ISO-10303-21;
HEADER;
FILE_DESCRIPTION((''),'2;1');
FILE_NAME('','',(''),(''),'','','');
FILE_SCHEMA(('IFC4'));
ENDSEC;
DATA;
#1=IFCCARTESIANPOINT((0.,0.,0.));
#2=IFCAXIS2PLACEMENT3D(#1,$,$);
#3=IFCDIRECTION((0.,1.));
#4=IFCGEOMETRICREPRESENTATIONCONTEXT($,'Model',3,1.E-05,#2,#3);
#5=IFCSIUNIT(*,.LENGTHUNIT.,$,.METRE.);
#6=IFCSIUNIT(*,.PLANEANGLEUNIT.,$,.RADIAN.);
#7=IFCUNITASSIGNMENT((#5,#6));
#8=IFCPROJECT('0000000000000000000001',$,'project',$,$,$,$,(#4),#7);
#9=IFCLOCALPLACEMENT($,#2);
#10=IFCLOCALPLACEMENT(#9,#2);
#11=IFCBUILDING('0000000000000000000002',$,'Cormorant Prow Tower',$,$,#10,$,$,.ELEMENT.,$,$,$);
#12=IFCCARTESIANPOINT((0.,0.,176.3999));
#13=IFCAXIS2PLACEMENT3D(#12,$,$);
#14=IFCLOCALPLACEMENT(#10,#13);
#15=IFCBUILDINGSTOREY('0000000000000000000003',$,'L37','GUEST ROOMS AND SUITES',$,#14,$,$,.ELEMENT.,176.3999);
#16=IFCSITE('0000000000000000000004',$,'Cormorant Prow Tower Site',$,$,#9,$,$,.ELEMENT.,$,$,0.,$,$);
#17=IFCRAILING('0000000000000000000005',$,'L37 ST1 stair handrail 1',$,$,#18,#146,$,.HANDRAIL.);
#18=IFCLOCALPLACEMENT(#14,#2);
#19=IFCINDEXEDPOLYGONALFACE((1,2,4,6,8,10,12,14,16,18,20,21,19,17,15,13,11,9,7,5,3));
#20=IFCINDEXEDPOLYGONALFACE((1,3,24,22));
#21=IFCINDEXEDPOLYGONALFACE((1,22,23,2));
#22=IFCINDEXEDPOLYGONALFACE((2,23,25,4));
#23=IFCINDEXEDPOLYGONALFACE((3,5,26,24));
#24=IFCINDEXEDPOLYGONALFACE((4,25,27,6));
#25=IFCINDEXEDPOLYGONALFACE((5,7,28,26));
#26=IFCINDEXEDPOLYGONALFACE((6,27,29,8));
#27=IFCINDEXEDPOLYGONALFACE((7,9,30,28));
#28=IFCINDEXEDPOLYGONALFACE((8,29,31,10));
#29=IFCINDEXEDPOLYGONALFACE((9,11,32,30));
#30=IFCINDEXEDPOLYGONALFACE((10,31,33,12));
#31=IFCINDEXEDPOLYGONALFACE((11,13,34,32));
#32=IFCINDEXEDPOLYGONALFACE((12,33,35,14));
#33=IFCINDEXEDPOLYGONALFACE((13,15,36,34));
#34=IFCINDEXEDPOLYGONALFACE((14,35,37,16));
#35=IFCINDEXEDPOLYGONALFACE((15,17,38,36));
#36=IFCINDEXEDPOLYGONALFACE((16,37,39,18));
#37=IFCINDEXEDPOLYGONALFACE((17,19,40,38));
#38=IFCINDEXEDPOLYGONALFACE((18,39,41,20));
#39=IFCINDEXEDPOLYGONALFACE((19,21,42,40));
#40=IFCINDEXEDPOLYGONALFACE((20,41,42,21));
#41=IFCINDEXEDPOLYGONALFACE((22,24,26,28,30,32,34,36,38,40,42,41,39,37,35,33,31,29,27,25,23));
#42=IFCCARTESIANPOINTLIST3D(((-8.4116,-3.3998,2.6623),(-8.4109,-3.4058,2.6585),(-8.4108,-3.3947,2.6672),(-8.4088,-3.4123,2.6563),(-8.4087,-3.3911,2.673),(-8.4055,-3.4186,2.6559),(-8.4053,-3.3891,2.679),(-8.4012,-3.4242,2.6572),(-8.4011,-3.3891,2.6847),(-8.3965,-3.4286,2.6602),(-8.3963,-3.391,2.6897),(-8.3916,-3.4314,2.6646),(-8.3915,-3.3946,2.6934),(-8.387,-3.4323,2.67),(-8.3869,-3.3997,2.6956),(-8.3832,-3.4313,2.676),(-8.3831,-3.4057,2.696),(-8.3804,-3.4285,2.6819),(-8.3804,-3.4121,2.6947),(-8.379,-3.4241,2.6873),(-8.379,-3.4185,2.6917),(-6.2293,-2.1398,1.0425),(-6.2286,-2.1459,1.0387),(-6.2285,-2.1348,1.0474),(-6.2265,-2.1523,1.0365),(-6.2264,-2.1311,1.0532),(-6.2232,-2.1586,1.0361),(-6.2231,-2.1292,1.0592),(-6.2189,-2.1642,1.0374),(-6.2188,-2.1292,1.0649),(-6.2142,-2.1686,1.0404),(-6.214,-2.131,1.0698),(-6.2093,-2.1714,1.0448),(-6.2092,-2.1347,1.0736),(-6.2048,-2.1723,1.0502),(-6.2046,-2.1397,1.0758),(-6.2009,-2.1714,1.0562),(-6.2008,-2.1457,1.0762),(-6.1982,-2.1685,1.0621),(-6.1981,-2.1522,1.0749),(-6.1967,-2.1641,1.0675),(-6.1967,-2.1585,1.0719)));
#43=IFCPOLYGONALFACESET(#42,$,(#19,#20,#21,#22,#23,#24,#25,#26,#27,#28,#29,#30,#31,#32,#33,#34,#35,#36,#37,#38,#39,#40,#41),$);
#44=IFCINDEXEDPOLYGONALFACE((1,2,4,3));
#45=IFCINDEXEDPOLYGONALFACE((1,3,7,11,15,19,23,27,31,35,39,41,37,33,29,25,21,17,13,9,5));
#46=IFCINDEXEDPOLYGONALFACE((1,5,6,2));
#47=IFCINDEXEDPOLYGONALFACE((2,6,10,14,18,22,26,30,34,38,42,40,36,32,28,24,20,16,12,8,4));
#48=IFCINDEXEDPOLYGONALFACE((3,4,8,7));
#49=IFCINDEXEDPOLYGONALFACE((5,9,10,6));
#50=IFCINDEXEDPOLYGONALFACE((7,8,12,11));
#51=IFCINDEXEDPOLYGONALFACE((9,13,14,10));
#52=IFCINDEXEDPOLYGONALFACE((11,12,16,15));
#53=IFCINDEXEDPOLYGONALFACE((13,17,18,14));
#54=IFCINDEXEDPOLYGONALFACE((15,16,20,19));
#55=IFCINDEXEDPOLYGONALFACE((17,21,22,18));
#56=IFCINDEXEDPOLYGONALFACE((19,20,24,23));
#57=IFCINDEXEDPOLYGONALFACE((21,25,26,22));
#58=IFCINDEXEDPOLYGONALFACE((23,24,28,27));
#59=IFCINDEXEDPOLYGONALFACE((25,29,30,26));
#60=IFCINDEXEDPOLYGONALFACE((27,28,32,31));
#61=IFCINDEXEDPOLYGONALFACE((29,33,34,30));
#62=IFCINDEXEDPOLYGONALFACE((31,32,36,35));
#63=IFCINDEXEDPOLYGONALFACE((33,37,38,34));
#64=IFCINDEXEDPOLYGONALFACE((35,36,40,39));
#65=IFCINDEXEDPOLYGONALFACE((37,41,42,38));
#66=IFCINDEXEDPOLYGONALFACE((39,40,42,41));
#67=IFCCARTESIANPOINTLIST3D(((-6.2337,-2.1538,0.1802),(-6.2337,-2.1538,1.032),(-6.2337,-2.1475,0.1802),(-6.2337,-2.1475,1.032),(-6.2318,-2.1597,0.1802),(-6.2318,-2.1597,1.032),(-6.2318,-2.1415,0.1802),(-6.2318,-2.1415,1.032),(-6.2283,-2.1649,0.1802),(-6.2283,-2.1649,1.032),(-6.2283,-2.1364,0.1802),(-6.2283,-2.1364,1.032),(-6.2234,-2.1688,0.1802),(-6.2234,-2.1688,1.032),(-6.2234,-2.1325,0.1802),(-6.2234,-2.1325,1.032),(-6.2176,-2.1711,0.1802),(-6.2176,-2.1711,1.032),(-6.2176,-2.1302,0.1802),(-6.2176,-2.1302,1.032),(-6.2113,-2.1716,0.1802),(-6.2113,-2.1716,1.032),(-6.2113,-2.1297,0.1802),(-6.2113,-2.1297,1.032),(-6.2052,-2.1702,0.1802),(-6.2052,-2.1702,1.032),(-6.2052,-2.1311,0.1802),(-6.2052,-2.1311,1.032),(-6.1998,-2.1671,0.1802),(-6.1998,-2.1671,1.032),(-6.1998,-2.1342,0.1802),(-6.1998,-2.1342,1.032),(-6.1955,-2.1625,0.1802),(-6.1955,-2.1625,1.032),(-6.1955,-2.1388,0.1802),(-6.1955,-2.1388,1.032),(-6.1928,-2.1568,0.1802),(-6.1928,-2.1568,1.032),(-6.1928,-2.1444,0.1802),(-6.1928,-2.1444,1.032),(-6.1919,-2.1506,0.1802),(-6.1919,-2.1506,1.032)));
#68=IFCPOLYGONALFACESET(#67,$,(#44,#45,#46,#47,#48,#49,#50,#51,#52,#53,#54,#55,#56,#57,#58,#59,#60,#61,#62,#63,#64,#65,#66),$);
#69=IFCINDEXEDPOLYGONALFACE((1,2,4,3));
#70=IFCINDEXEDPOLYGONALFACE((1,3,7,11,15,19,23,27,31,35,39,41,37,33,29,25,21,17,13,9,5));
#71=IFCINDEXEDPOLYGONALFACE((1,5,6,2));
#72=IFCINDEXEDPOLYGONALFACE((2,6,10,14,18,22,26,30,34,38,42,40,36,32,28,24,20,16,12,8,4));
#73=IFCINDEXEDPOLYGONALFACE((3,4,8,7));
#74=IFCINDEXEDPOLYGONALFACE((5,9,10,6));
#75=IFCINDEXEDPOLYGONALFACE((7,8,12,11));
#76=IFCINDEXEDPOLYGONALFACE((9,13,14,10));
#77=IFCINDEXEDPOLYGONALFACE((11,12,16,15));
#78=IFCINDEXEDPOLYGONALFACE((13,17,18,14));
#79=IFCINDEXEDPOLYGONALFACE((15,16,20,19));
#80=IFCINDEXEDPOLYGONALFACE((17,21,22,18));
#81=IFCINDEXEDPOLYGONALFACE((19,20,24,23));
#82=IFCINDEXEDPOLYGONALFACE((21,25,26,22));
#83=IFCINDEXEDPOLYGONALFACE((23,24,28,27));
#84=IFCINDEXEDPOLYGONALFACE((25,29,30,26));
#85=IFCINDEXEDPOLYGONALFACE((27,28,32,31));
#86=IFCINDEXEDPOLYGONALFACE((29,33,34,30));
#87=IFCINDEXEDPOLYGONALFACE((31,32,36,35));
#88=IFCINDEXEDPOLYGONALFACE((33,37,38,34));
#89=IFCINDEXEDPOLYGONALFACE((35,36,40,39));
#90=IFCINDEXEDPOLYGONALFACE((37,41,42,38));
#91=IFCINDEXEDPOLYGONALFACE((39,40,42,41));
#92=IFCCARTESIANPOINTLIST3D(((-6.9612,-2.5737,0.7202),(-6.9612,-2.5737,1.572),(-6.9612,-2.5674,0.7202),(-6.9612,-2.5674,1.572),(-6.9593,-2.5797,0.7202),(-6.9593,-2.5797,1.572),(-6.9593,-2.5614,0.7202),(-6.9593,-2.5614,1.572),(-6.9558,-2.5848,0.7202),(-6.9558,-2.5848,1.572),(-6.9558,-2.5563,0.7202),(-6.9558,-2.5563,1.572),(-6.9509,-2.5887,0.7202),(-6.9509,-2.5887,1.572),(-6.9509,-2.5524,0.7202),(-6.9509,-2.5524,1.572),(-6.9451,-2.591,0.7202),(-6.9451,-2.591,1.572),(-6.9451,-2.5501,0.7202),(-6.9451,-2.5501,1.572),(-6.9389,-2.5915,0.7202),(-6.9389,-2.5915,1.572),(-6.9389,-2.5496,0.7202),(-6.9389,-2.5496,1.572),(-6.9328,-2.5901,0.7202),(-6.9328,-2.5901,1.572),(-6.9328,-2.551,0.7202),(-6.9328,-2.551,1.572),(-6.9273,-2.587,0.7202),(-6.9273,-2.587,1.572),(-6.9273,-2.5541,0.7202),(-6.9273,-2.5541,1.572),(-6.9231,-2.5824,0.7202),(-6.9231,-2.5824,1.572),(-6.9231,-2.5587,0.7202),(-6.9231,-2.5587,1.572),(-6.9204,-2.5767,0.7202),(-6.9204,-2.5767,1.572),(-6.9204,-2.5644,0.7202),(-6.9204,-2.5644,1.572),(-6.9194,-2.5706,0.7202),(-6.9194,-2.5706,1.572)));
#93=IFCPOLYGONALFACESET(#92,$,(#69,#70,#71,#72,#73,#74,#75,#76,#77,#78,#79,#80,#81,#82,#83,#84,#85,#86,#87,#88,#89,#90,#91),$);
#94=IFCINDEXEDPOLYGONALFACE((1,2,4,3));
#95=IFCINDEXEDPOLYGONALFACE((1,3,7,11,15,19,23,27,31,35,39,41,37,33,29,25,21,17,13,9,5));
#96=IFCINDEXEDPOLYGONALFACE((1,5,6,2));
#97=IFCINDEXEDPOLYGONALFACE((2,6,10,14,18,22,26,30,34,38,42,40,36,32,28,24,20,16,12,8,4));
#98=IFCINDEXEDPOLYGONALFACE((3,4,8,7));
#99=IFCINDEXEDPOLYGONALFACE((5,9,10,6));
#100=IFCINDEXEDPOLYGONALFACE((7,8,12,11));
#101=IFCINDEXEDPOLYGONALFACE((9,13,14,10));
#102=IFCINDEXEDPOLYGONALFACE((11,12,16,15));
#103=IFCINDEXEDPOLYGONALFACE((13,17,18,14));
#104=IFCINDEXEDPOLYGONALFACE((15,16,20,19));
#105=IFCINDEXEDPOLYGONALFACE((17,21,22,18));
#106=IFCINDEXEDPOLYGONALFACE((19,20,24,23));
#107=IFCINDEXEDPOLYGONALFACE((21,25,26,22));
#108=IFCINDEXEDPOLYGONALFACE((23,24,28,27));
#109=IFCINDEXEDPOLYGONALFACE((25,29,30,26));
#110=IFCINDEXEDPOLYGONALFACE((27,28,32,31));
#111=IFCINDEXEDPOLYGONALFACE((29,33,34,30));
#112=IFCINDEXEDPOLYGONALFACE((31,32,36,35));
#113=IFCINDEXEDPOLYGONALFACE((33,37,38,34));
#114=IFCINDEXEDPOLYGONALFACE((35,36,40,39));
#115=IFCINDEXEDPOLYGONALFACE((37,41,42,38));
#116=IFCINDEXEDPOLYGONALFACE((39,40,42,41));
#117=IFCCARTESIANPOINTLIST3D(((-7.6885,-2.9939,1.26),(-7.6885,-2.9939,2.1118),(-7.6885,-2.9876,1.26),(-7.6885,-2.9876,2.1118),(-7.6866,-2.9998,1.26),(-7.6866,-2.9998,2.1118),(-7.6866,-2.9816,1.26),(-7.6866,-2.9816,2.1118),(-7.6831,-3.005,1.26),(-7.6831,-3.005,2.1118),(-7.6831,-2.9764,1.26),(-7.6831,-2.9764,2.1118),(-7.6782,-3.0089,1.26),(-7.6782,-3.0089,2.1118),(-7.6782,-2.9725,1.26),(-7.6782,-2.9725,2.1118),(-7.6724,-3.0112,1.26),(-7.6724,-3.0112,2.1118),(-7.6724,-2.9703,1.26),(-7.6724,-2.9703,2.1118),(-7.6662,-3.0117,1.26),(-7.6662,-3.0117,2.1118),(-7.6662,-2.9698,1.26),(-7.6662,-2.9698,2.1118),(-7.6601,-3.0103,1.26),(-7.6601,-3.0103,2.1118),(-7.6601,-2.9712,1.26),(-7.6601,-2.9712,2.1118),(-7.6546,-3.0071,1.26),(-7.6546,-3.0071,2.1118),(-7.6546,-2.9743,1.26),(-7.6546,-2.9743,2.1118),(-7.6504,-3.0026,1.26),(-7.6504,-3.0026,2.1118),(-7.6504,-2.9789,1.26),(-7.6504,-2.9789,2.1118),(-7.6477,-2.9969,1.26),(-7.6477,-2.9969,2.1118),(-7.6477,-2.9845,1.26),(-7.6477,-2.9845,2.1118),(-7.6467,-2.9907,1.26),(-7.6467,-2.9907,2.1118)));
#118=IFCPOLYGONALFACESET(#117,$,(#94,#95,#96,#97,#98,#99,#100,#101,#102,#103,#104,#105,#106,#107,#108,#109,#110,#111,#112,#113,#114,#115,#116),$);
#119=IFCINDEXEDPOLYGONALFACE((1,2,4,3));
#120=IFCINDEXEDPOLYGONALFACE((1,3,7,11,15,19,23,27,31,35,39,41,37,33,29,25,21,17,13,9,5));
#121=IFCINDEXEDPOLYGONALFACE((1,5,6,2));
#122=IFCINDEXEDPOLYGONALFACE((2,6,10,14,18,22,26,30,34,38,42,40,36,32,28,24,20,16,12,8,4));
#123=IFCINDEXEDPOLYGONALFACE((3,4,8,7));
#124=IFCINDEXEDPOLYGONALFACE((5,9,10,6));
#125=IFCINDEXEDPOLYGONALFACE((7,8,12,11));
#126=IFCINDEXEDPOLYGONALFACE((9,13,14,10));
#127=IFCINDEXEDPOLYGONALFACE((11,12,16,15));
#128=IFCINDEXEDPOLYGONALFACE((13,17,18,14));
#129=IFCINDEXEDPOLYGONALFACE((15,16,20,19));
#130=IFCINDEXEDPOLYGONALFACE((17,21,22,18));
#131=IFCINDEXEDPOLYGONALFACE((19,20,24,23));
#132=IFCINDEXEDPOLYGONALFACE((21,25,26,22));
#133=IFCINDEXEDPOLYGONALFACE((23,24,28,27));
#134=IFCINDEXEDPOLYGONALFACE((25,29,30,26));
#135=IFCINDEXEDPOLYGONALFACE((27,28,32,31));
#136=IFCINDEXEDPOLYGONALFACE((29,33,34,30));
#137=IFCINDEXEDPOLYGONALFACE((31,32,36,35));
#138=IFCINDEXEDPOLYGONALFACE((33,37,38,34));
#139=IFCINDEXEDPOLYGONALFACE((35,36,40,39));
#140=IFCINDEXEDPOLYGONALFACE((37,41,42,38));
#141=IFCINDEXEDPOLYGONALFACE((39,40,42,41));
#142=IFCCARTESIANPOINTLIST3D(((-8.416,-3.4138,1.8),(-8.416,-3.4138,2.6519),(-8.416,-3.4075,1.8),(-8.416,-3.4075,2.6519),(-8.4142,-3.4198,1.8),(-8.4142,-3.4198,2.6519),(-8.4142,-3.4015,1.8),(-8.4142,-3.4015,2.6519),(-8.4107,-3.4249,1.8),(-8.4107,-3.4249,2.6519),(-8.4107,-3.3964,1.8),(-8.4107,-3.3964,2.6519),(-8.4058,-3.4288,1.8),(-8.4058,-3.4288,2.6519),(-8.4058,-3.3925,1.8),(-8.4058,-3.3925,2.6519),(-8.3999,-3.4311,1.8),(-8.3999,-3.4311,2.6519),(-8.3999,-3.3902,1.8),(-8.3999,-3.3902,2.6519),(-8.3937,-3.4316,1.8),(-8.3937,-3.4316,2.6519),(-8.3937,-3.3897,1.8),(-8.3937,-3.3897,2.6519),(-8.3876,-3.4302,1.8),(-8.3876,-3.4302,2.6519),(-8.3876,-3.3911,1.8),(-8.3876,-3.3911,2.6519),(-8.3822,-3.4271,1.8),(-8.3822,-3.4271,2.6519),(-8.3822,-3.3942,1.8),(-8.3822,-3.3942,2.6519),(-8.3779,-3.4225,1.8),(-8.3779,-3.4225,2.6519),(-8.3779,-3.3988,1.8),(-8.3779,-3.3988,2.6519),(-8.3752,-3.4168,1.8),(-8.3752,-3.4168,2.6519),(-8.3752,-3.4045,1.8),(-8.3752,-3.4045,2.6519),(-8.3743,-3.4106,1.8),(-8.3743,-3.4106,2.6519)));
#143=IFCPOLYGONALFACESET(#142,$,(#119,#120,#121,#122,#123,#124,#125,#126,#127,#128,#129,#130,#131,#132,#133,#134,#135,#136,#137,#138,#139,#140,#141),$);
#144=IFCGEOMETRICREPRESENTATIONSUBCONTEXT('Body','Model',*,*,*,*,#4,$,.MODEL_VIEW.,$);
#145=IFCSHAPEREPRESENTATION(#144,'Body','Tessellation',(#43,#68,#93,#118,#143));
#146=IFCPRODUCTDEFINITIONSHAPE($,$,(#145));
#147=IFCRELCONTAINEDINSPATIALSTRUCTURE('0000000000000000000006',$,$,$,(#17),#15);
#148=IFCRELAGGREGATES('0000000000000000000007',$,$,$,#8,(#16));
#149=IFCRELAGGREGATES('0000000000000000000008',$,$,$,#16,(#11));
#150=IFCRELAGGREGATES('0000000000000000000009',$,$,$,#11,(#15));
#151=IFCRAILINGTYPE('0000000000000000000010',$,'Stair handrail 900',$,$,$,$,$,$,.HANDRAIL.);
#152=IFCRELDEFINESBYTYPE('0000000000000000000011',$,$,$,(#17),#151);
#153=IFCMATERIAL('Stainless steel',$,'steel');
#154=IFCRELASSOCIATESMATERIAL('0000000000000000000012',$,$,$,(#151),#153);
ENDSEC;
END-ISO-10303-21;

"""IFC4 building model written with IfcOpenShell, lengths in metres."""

from ifc_helpers import new_model, si_unit, direction, frame, origin, origin_2d, place, context, subcontext, project, spatial, circle, extrude, material, type_object, element, save


model = new_model("IFC4")

# Units and contexts
model_context = context("Model", 3, precision=1e-05, world=origin(), true_north=direction((0.0, 1.0)))
body_context = subcontext(model_context, "Body", "Model", "MODEL_VIEW")
ifc_project = project(units=[si_unit("LENGTHUNIT", "METRE"), si_unit("PLANEANGLEUNIT", "RADIAN")], contexts=[model_context])

# Site, building, storey
site_placement = place(None, origin())
site = spatial("IfcSite", under=ifc_project, at=site_placement, Name="Cormorant Prow Tower Site", CompositionType="ELEMENT", RefElevation=0.0)
building_placement = place(site_placement, origin())
building = spatial("IfcBuilding", under=site, at=building_placement, Name="Cormorant Prow Tower", CompositionType="ELEMENT")
storey_placement = place(building_placement, frame((0.0, 0.0, 176.3999)))
storey = spatial("IfcBuildingStorey", under=building, at=storey_placement, Name="L37", Description="GUEST ROOMS AND SUITES", CompositionType="ELEMENT", Elevation=176.3999)

# Railing
ifc_material_1 = material(Name="Stainless steel", Category="steel")
railing_type = type_object("IfcRailingType", Name="Stair handrail 900", PredefinedType="HANDRAIL", material=ifc_material_1)
railing_placement = place(storey_placement, frame((-6.2129, -2.1506, 0.1802)))
element("IfcRailing", 1, at=railing_placement, inside=storey, type_object=railing_type, Name="L37 ST1 stair handrail 1", PredefinedType="HANDRAIL", context=body_context, shape_type="SweptSolid", body=[
    extrude(circle(Radius=0.0239, at=origin_2d()), frame((0.0, 0.0, 0.876), z_axis=(-0.728496, -0.420603, 0.540728), x_axis=(0.500005, -0.866023, 0.0)), (0.0, 0.0, 1.0), 2.9956),
    extrude(circle(Radius=0.021, at=origin_2d()), origin(), (0.0, 0.0, 1.0), 0.8518),
    extrude(circle(Radius=0.021, at=origin_2d()), frame((-0.7275, -0.4199, 0.54)), (0.0, 0.0, 1.0), 0.8518),
    extrude(circle(Radius=0.021, at=origin_2d()), frame((-1.4548, -0.8401, 1.0798)), (0.0, 0.0, 1.0), 0.8518),
    extrude(circle(Radius=0.021, at=origin_2d()), frame((-2.1824, -1.26, 1.6199)), (0.0, 0.0, 1.0), 0.8518),
])

save(model, "model.ifc")
